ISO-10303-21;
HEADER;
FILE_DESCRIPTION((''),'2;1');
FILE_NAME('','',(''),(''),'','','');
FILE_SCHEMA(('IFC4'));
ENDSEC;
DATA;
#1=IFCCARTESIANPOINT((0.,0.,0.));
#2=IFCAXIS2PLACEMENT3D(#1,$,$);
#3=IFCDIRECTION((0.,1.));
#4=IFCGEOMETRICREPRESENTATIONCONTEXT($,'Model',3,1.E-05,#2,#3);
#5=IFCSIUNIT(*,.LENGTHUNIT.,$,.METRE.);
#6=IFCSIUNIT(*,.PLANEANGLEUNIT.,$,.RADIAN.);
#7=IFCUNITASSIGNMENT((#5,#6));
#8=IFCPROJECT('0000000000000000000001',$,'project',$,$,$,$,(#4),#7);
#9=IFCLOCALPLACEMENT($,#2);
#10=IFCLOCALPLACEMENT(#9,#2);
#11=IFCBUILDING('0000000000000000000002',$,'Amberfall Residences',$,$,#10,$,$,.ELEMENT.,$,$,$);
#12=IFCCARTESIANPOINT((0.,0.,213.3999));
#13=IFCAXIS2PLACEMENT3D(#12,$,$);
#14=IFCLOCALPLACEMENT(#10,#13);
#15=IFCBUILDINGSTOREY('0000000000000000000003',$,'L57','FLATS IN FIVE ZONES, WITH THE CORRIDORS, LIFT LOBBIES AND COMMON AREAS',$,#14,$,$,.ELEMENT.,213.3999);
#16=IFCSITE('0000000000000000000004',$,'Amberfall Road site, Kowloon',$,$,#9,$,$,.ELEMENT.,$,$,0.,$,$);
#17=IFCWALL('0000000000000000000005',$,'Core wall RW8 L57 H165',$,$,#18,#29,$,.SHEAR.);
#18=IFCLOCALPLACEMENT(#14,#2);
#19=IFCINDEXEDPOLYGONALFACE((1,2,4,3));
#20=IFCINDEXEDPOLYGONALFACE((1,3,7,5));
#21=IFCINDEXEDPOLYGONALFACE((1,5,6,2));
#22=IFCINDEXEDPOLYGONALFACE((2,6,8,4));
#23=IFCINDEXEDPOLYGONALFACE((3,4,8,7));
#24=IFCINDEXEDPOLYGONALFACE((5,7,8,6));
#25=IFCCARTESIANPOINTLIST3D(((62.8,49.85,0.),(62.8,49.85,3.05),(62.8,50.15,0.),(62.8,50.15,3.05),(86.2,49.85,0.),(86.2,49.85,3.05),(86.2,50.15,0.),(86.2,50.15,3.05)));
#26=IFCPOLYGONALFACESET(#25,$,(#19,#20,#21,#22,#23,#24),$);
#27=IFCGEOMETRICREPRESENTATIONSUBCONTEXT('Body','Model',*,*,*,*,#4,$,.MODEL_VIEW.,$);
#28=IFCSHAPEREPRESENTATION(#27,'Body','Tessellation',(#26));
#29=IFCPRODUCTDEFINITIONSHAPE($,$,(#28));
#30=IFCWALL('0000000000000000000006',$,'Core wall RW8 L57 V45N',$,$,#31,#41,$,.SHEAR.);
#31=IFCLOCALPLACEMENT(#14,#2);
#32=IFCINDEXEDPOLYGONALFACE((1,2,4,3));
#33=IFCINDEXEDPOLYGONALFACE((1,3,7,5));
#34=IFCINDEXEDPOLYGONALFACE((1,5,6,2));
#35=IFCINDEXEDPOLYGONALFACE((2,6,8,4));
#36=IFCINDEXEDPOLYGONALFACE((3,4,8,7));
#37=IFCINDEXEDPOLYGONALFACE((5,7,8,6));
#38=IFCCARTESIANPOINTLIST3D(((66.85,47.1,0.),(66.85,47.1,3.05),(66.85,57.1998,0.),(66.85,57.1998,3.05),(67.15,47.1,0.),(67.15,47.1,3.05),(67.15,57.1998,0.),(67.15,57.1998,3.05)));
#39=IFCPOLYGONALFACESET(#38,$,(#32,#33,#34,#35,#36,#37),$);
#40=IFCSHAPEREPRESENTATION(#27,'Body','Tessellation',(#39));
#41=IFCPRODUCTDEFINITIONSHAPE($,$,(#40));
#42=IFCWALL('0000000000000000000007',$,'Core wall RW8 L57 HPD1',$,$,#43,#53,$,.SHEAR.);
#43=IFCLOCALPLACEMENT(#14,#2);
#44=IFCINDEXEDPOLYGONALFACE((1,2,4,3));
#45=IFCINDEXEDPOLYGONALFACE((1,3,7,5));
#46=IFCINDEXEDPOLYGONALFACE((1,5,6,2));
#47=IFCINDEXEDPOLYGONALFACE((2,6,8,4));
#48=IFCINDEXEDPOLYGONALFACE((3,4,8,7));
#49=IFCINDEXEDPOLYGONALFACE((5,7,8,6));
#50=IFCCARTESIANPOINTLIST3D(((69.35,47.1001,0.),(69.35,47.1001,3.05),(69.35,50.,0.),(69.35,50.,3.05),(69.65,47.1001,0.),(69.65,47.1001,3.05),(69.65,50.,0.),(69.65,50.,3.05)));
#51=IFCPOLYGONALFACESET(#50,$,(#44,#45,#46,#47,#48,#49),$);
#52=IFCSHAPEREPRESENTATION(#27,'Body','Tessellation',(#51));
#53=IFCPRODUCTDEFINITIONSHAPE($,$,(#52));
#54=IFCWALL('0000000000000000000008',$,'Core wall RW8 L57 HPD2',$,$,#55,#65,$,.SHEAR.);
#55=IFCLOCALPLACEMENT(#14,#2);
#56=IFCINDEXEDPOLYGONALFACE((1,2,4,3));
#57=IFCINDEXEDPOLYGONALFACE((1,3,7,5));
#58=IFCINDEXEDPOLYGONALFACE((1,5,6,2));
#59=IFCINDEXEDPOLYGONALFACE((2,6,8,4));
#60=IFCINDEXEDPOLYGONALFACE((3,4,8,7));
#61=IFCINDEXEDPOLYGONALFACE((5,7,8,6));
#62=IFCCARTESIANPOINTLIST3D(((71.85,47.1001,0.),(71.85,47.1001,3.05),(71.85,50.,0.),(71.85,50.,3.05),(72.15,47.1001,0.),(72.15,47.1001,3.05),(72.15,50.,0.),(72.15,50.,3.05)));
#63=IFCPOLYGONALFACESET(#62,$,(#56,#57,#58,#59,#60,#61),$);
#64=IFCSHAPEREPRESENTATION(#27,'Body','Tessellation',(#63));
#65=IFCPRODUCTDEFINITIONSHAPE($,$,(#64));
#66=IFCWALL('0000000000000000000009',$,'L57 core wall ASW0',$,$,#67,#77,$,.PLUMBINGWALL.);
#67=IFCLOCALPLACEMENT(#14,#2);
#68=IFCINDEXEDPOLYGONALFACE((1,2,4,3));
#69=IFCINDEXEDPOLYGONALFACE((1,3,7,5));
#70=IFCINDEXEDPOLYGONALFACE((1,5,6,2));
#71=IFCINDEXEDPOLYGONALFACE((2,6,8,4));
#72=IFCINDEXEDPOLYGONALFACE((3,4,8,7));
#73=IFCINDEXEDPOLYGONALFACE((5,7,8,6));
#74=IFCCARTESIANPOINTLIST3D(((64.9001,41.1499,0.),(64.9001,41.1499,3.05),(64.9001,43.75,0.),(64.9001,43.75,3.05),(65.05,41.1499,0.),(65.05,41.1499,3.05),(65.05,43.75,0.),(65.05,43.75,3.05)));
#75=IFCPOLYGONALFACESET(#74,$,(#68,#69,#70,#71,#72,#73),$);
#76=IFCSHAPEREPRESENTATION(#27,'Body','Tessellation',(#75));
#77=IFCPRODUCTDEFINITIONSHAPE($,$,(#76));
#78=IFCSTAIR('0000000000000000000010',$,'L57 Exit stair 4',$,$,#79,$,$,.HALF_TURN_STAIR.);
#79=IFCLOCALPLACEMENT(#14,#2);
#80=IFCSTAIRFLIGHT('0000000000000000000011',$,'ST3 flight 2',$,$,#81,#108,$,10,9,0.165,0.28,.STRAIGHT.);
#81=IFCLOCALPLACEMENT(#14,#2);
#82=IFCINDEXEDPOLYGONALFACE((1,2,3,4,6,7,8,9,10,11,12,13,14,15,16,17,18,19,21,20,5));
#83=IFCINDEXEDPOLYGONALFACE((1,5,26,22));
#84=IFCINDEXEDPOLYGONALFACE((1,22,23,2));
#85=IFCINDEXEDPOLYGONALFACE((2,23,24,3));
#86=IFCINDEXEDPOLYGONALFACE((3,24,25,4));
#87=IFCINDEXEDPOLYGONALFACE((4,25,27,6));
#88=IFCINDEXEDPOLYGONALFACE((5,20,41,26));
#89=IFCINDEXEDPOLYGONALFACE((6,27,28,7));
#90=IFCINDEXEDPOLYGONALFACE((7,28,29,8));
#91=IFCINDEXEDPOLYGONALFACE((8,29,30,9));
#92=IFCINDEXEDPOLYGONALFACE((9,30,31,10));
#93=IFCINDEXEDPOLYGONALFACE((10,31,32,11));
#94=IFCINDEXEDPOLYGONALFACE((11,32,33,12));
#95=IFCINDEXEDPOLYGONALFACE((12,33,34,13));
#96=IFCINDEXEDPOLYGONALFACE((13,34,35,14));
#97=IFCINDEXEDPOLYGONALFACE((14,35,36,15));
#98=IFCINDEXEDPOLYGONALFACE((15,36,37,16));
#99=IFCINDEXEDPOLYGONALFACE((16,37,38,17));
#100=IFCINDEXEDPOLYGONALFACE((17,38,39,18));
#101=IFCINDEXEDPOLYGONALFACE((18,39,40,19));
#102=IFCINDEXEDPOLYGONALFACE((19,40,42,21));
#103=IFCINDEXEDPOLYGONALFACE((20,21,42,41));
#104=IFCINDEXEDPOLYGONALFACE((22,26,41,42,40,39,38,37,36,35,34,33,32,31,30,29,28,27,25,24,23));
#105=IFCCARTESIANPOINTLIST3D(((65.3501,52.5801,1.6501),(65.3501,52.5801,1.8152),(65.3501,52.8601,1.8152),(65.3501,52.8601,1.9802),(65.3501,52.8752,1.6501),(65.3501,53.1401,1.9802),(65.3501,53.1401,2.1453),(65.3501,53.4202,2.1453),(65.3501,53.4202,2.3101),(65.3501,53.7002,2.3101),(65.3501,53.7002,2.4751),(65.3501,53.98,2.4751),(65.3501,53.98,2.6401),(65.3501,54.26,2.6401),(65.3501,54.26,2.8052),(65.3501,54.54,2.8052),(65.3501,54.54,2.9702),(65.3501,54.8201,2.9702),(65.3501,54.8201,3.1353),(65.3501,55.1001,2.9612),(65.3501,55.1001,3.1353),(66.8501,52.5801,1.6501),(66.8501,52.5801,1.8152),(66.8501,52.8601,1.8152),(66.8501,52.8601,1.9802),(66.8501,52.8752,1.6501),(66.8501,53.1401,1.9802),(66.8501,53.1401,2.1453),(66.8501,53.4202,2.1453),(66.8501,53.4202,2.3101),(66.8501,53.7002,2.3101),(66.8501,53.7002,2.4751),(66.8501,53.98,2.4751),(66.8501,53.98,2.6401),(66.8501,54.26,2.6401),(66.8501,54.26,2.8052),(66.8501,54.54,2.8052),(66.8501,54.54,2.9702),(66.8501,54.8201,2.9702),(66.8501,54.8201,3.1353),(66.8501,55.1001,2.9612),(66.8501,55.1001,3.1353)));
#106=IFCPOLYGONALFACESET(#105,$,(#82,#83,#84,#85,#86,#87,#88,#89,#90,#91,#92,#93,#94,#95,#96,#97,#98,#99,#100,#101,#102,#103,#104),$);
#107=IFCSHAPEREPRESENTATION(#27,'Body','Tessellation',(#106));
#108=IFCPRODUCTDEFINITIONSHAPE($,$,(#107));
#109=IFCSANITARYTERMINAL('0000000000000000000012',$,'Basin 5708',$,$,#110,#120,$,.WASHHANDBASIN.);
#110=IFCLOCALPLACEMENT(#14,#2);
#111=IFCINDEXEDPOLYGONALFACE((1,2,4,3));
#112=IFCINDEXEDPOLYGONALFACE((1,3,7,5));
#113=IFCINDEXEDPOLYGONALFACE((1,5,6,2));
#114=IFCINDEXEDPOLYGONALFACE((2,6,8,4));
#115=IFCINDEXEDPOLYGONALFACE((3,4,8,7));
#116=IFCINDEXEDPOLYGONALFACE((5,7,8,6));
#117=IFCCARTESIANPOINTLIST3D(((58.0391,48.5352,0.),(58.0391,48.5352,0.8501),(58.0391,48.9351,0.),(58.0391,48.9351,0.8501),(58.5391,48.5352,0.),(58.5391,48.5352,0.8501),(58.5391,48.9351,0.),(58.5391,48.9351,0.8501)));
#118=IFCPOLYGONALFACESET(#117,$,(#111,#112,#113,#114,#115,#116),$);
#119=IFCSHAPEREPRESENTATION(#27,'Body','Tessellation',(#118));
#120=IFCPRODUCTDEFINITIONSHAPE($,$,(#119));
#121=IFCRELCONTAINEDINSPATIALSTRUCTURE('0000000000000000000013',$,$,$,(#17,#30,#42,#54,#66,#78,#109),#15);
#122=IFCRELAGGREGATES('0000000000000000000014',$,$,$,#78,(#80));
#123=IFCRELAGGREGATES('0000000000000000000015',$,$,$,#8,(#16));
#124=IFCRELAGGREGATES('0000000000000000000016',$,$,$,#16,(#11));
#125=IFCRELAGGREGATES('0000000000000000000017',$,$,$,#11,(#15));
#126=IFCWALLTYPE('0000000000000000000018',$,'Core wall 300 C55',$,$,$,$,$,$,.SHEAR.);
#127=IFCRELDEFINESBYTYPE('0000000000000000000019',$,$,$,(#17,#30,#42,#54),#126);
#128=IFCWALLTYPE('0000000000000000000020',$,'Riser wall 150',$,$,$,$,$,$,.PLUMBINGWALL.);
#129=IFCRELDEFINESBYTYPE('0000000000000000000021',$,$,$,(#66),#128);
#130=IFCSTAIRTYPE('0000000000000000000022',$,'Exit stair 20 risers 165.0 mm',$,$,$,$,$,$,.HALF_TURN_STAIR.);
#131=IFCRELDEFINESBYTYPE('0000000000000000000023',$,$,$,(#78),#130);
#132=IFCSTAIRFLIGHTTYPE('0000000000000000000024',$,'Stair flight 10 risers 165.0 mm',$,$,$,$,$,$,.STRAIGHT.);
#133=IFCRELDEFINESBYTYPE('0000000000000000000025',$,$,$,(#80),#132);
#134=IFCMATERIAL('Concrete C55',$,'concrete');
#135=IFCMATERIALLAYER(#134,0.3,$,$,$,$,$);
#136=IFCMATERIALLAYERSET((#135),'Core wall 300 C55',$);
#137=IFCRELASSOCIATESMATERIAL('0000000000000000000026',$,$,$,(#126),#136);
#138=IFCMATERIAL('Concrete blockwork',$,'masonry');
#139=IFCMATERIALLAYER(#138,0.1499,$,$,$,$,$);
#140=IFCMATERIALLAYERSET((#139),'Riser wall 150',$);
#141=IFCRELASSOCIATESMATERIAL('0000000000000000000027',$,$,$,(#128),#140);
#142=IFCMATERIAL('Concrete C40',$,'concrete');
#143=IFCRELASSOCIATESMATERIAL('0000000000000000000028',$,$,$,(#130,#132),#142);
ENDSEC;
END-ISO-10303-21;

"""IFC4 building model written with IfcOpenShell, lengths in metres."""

from ifc_helpers import new_model, si_unit, direction, frame, frame_2d, origin, origin_2d, place, context, subcontext, project, spatial, polyline, rectangle, outline, extrude, material, layer, layer_set, type_object, element, aggregate, save


model = new_model("IFC4")

# Units and contexts
model_context = context("Model", 3, precision=1e-05, world=origin(), true_north=direction((0.0, 1.0)))
body_context = subcontext(model_context, "Body", "Model", "MODEL_VIEW")
ifc_project = project(units=[si_unit("LENGTHUNIT", "METRE"), si_unit("PLANEANGLEUNIT", "RADIAN")], contexts=[model_context])

# Site, building, storey
site_placement = place(None, origin())
site = spatial("IfcSite", under=ifc_project, at=site_placement, Name="Amberfall Road site, Kowloon", CompositionType="ELEMENT", RefElevation=0.0)
building_placement = place(site_placement, origin())
building = spatial("IfcBuilding", under=site, at=building_placement, Name="Amberfall Residences", CompositionType="ELEMENT")
storey_placement = place(building_placement, frame((0.0, 0.0, 213.3999)))
storey = spatial("IfcBuildingStorey", under=building, at=storey_placement, Name="L57", Description="FLATS IN FIVE ZONES, WITH THE CORRIDORS, LIFT LOBBIES AND COMMON AREAS", CompositionType="ELEMENT", Elevation=213.3999)

# Shared definitions
ifc_material_1 = material(Name="Concrete C55", Category="concrete")
ifc_layer_1 = layer(ifc_material_1, 0.3)
ifc_layer_set_1 = layer_set([ifc_layer_1], Name="Core wall 300 C55")
wall_type_1 = type_object("IfcWallType", Name="Core wall 300 C55", PredefinedType="SHEAR", material=ifc_layer_set_1)

# Walls
wall_1_placement = place(storey_placement, frame((62.8, 50.0, 0.0), z_axis=(0.0, 0.0, 1.0), x_axis=(1.0, 0.0, 0.0)))
element("IfcWall", 1, at=wall_1_placement, inside=storey, type_object=wall_type_1, Name="Core wall RW8 L57 H165", PredefinedType="SHEAR", context=body_context, shape_type="SweptSolid", body=[
    extrude(rectangle(XDim=23.3999, YDim=0.3, at=frame_2d((11.7, 0.0))), origin(), (0.0, 0.0, 1.0), 3.05),
])
wall_2_placement = place(storey_placement, frame((67.0, 47.1001, 0.0), z_axis=(0.0, 0.0, 1.0), x_axis=(0.0, 1.0, 0.0)))
element("IfcWall", 2, at=wall_2_placement, inside=storey, type_object=wall_type_1, Name="Core wall RW8 L57 V45N", PredefinedType="SHEAR", context=body_context, shape_type="SweptSolid", body=[
    extrude(rectangle(XDim=10.0999, YDim=0.3, at=frame_2d((5.0498, 0.0))), origin(), (0.0, 0.0, 1.0), 3.05),
])
for number, where, z_axis, x_axis, name in (
    (3, (69.5, 47.1001, 0.0), (0.0, 0.0, 1.0), (0.0, 1.0, 0.0), "Core wall RW8 L57 HPD1"),
    (4, (72.0, 47.1001, 0.0), (0.0, 0.0, 1.0), (0.0, 1.0, 0.0), "Core wall RW8 L57 HPD2"),
):
    element("IfcWall", number, at=place(storey_placement, frame(where, z_axis=z_axis, x_axis=x_axis)), inside=storey, type_object=wall_type_1, Name=name, PredefinedType="SHEAR", context=body_context, shape_type="SweptSolid", body=[
        extrude(rectangle(XDim=2.8999, YDim=0.3, at=frame_2d((1.45, 0.0))), origin(), (0.0, 0.0, 1.0), 3.05),
    ])
ifc_material_2 = material(Name="Concrete blockwork", Category="masonry")
ifc_layer_2 = layer(ifc_material_2, 0.1499)
ifc_layer_set_2 = layer_set([ifc_layer_2], Name="Riser wall 150")
wall_type_2 = type_object("IfcWallType", Name="Riser wall 150", PredefinedType="PLUMBINGWALL", material=ifc_layer_set_2)
wall_3_placement = place(storey_placement, frame((64.9751, 41.1499, 0.0), z_axis=(0.0, 0.0, 1.0), x_axis=(0.0, 1.0, 0.0)))
element("IfcWall", 5, at=wall_3_placement, inside=storey, type_object=wall_type_2, Name="L57 core wall ASW0", PredefinedType="PLUMBINGWALL", context=body_context, shape_type="SweptSolid", body=[
    extrude(rectangle(XDim=2.6001, YDim=0.1499, at=frame_2d((1.3, 0.0))), origin(), (0.0, 0.0, 1.0), 3.05),
])

# Stair, stair flight
ifc_material_3 = material(Name="Concrete C40", Category="concrete")
stair_type = type_object("IfcStairType", Name="Exit stair 20 risers 165.0 mm", PredefinedType="HALF_TURN_STAIR", material=ifc_material_3)
stair_placement = place(storey_placement, origin())
stair = element("IfcStair", 6, at=stair_placement, inside=storey, type_object=stair_type, Name="L57 Exit stair 4", PredefinedType="HALF_TURN_STAIR")
stair_flight_type = type_object("IfcStairFlightType", Name="Stair flight 10 risers 165.0 mm", PredefinedType="STRAIGHT", material=ifc_material_3)
stair_flight_placement = place(storey_placement, frame((66.1001, 52.5801, 1.6501), z_axis=(0.0, 0.0, 1.0), x_axis=(0.0, 1.0, 0.0)))
stair_flight = element("IfcStairFlight", 7, at=stair_flight_placement, type_object=stair_flight_type, Name="ST3 flight 2", NumberOfRisers=10, NumberOfTreads=9, PredefinedType="STRAIGHT", RiserHeight=0.165, TreadLength=0.28, context=body_context, shape_type="SweptSolid", body=[
    extrude(outline(polyline([(0.0, 0.0), (0.0, 0.165), (0.28, 0.165), (0.28, 0.3301), (0.5601, 0.3301), (0.5601, 0.4951), (0.8401, 0.4951), (0.8401, 0.6599), (1.1201, 0.6599), (1.1201, 0.825), (1.3999, 0.825), (1.3999, 0.99), (1.6799, 0.99), (1.6799, 1.155), (1.96, 1.155), (1.96, 1.3201), (2.24, 1.3201), (2.24, 1.4851), (2.52, 1.4851), (2.52, 1.6499), (2.52, 1.311), (0.2952, 0.0), (0.0, 0.0)])), frame((0.0, 0.75, 0.0), z_axis=(0.0, -1.0, 0.0), x_axis=(1.0, 0.0, 0.0)), (0.0, 0.0, 1.0), 1.5),
])
aggregate(stair, [stair_flight])

# Sanitary terminal
sanitary_terminal_placement = place(storey_placement, frame((58.2891, 48.7351, 0.0), z_axis=(0.0, 0.0, 1.0), x_axis=(1.0, 0.0, 0.0)))
element("IfcSanitaryTerminal", 8, at=sanitary_terminal_placement, inside=storey, Name="Basin 5708", PredefinedType="WASHHANDBASIN", context=body_context, shape_type="SweptSolid", body=[
    extrude(rectangle(XDim=0.5, YDim=0.3999, at=origin_2d()), origin(), (0.0, 0.0, 1.0), 0.8501),
])

save(model, "model.ifc")
